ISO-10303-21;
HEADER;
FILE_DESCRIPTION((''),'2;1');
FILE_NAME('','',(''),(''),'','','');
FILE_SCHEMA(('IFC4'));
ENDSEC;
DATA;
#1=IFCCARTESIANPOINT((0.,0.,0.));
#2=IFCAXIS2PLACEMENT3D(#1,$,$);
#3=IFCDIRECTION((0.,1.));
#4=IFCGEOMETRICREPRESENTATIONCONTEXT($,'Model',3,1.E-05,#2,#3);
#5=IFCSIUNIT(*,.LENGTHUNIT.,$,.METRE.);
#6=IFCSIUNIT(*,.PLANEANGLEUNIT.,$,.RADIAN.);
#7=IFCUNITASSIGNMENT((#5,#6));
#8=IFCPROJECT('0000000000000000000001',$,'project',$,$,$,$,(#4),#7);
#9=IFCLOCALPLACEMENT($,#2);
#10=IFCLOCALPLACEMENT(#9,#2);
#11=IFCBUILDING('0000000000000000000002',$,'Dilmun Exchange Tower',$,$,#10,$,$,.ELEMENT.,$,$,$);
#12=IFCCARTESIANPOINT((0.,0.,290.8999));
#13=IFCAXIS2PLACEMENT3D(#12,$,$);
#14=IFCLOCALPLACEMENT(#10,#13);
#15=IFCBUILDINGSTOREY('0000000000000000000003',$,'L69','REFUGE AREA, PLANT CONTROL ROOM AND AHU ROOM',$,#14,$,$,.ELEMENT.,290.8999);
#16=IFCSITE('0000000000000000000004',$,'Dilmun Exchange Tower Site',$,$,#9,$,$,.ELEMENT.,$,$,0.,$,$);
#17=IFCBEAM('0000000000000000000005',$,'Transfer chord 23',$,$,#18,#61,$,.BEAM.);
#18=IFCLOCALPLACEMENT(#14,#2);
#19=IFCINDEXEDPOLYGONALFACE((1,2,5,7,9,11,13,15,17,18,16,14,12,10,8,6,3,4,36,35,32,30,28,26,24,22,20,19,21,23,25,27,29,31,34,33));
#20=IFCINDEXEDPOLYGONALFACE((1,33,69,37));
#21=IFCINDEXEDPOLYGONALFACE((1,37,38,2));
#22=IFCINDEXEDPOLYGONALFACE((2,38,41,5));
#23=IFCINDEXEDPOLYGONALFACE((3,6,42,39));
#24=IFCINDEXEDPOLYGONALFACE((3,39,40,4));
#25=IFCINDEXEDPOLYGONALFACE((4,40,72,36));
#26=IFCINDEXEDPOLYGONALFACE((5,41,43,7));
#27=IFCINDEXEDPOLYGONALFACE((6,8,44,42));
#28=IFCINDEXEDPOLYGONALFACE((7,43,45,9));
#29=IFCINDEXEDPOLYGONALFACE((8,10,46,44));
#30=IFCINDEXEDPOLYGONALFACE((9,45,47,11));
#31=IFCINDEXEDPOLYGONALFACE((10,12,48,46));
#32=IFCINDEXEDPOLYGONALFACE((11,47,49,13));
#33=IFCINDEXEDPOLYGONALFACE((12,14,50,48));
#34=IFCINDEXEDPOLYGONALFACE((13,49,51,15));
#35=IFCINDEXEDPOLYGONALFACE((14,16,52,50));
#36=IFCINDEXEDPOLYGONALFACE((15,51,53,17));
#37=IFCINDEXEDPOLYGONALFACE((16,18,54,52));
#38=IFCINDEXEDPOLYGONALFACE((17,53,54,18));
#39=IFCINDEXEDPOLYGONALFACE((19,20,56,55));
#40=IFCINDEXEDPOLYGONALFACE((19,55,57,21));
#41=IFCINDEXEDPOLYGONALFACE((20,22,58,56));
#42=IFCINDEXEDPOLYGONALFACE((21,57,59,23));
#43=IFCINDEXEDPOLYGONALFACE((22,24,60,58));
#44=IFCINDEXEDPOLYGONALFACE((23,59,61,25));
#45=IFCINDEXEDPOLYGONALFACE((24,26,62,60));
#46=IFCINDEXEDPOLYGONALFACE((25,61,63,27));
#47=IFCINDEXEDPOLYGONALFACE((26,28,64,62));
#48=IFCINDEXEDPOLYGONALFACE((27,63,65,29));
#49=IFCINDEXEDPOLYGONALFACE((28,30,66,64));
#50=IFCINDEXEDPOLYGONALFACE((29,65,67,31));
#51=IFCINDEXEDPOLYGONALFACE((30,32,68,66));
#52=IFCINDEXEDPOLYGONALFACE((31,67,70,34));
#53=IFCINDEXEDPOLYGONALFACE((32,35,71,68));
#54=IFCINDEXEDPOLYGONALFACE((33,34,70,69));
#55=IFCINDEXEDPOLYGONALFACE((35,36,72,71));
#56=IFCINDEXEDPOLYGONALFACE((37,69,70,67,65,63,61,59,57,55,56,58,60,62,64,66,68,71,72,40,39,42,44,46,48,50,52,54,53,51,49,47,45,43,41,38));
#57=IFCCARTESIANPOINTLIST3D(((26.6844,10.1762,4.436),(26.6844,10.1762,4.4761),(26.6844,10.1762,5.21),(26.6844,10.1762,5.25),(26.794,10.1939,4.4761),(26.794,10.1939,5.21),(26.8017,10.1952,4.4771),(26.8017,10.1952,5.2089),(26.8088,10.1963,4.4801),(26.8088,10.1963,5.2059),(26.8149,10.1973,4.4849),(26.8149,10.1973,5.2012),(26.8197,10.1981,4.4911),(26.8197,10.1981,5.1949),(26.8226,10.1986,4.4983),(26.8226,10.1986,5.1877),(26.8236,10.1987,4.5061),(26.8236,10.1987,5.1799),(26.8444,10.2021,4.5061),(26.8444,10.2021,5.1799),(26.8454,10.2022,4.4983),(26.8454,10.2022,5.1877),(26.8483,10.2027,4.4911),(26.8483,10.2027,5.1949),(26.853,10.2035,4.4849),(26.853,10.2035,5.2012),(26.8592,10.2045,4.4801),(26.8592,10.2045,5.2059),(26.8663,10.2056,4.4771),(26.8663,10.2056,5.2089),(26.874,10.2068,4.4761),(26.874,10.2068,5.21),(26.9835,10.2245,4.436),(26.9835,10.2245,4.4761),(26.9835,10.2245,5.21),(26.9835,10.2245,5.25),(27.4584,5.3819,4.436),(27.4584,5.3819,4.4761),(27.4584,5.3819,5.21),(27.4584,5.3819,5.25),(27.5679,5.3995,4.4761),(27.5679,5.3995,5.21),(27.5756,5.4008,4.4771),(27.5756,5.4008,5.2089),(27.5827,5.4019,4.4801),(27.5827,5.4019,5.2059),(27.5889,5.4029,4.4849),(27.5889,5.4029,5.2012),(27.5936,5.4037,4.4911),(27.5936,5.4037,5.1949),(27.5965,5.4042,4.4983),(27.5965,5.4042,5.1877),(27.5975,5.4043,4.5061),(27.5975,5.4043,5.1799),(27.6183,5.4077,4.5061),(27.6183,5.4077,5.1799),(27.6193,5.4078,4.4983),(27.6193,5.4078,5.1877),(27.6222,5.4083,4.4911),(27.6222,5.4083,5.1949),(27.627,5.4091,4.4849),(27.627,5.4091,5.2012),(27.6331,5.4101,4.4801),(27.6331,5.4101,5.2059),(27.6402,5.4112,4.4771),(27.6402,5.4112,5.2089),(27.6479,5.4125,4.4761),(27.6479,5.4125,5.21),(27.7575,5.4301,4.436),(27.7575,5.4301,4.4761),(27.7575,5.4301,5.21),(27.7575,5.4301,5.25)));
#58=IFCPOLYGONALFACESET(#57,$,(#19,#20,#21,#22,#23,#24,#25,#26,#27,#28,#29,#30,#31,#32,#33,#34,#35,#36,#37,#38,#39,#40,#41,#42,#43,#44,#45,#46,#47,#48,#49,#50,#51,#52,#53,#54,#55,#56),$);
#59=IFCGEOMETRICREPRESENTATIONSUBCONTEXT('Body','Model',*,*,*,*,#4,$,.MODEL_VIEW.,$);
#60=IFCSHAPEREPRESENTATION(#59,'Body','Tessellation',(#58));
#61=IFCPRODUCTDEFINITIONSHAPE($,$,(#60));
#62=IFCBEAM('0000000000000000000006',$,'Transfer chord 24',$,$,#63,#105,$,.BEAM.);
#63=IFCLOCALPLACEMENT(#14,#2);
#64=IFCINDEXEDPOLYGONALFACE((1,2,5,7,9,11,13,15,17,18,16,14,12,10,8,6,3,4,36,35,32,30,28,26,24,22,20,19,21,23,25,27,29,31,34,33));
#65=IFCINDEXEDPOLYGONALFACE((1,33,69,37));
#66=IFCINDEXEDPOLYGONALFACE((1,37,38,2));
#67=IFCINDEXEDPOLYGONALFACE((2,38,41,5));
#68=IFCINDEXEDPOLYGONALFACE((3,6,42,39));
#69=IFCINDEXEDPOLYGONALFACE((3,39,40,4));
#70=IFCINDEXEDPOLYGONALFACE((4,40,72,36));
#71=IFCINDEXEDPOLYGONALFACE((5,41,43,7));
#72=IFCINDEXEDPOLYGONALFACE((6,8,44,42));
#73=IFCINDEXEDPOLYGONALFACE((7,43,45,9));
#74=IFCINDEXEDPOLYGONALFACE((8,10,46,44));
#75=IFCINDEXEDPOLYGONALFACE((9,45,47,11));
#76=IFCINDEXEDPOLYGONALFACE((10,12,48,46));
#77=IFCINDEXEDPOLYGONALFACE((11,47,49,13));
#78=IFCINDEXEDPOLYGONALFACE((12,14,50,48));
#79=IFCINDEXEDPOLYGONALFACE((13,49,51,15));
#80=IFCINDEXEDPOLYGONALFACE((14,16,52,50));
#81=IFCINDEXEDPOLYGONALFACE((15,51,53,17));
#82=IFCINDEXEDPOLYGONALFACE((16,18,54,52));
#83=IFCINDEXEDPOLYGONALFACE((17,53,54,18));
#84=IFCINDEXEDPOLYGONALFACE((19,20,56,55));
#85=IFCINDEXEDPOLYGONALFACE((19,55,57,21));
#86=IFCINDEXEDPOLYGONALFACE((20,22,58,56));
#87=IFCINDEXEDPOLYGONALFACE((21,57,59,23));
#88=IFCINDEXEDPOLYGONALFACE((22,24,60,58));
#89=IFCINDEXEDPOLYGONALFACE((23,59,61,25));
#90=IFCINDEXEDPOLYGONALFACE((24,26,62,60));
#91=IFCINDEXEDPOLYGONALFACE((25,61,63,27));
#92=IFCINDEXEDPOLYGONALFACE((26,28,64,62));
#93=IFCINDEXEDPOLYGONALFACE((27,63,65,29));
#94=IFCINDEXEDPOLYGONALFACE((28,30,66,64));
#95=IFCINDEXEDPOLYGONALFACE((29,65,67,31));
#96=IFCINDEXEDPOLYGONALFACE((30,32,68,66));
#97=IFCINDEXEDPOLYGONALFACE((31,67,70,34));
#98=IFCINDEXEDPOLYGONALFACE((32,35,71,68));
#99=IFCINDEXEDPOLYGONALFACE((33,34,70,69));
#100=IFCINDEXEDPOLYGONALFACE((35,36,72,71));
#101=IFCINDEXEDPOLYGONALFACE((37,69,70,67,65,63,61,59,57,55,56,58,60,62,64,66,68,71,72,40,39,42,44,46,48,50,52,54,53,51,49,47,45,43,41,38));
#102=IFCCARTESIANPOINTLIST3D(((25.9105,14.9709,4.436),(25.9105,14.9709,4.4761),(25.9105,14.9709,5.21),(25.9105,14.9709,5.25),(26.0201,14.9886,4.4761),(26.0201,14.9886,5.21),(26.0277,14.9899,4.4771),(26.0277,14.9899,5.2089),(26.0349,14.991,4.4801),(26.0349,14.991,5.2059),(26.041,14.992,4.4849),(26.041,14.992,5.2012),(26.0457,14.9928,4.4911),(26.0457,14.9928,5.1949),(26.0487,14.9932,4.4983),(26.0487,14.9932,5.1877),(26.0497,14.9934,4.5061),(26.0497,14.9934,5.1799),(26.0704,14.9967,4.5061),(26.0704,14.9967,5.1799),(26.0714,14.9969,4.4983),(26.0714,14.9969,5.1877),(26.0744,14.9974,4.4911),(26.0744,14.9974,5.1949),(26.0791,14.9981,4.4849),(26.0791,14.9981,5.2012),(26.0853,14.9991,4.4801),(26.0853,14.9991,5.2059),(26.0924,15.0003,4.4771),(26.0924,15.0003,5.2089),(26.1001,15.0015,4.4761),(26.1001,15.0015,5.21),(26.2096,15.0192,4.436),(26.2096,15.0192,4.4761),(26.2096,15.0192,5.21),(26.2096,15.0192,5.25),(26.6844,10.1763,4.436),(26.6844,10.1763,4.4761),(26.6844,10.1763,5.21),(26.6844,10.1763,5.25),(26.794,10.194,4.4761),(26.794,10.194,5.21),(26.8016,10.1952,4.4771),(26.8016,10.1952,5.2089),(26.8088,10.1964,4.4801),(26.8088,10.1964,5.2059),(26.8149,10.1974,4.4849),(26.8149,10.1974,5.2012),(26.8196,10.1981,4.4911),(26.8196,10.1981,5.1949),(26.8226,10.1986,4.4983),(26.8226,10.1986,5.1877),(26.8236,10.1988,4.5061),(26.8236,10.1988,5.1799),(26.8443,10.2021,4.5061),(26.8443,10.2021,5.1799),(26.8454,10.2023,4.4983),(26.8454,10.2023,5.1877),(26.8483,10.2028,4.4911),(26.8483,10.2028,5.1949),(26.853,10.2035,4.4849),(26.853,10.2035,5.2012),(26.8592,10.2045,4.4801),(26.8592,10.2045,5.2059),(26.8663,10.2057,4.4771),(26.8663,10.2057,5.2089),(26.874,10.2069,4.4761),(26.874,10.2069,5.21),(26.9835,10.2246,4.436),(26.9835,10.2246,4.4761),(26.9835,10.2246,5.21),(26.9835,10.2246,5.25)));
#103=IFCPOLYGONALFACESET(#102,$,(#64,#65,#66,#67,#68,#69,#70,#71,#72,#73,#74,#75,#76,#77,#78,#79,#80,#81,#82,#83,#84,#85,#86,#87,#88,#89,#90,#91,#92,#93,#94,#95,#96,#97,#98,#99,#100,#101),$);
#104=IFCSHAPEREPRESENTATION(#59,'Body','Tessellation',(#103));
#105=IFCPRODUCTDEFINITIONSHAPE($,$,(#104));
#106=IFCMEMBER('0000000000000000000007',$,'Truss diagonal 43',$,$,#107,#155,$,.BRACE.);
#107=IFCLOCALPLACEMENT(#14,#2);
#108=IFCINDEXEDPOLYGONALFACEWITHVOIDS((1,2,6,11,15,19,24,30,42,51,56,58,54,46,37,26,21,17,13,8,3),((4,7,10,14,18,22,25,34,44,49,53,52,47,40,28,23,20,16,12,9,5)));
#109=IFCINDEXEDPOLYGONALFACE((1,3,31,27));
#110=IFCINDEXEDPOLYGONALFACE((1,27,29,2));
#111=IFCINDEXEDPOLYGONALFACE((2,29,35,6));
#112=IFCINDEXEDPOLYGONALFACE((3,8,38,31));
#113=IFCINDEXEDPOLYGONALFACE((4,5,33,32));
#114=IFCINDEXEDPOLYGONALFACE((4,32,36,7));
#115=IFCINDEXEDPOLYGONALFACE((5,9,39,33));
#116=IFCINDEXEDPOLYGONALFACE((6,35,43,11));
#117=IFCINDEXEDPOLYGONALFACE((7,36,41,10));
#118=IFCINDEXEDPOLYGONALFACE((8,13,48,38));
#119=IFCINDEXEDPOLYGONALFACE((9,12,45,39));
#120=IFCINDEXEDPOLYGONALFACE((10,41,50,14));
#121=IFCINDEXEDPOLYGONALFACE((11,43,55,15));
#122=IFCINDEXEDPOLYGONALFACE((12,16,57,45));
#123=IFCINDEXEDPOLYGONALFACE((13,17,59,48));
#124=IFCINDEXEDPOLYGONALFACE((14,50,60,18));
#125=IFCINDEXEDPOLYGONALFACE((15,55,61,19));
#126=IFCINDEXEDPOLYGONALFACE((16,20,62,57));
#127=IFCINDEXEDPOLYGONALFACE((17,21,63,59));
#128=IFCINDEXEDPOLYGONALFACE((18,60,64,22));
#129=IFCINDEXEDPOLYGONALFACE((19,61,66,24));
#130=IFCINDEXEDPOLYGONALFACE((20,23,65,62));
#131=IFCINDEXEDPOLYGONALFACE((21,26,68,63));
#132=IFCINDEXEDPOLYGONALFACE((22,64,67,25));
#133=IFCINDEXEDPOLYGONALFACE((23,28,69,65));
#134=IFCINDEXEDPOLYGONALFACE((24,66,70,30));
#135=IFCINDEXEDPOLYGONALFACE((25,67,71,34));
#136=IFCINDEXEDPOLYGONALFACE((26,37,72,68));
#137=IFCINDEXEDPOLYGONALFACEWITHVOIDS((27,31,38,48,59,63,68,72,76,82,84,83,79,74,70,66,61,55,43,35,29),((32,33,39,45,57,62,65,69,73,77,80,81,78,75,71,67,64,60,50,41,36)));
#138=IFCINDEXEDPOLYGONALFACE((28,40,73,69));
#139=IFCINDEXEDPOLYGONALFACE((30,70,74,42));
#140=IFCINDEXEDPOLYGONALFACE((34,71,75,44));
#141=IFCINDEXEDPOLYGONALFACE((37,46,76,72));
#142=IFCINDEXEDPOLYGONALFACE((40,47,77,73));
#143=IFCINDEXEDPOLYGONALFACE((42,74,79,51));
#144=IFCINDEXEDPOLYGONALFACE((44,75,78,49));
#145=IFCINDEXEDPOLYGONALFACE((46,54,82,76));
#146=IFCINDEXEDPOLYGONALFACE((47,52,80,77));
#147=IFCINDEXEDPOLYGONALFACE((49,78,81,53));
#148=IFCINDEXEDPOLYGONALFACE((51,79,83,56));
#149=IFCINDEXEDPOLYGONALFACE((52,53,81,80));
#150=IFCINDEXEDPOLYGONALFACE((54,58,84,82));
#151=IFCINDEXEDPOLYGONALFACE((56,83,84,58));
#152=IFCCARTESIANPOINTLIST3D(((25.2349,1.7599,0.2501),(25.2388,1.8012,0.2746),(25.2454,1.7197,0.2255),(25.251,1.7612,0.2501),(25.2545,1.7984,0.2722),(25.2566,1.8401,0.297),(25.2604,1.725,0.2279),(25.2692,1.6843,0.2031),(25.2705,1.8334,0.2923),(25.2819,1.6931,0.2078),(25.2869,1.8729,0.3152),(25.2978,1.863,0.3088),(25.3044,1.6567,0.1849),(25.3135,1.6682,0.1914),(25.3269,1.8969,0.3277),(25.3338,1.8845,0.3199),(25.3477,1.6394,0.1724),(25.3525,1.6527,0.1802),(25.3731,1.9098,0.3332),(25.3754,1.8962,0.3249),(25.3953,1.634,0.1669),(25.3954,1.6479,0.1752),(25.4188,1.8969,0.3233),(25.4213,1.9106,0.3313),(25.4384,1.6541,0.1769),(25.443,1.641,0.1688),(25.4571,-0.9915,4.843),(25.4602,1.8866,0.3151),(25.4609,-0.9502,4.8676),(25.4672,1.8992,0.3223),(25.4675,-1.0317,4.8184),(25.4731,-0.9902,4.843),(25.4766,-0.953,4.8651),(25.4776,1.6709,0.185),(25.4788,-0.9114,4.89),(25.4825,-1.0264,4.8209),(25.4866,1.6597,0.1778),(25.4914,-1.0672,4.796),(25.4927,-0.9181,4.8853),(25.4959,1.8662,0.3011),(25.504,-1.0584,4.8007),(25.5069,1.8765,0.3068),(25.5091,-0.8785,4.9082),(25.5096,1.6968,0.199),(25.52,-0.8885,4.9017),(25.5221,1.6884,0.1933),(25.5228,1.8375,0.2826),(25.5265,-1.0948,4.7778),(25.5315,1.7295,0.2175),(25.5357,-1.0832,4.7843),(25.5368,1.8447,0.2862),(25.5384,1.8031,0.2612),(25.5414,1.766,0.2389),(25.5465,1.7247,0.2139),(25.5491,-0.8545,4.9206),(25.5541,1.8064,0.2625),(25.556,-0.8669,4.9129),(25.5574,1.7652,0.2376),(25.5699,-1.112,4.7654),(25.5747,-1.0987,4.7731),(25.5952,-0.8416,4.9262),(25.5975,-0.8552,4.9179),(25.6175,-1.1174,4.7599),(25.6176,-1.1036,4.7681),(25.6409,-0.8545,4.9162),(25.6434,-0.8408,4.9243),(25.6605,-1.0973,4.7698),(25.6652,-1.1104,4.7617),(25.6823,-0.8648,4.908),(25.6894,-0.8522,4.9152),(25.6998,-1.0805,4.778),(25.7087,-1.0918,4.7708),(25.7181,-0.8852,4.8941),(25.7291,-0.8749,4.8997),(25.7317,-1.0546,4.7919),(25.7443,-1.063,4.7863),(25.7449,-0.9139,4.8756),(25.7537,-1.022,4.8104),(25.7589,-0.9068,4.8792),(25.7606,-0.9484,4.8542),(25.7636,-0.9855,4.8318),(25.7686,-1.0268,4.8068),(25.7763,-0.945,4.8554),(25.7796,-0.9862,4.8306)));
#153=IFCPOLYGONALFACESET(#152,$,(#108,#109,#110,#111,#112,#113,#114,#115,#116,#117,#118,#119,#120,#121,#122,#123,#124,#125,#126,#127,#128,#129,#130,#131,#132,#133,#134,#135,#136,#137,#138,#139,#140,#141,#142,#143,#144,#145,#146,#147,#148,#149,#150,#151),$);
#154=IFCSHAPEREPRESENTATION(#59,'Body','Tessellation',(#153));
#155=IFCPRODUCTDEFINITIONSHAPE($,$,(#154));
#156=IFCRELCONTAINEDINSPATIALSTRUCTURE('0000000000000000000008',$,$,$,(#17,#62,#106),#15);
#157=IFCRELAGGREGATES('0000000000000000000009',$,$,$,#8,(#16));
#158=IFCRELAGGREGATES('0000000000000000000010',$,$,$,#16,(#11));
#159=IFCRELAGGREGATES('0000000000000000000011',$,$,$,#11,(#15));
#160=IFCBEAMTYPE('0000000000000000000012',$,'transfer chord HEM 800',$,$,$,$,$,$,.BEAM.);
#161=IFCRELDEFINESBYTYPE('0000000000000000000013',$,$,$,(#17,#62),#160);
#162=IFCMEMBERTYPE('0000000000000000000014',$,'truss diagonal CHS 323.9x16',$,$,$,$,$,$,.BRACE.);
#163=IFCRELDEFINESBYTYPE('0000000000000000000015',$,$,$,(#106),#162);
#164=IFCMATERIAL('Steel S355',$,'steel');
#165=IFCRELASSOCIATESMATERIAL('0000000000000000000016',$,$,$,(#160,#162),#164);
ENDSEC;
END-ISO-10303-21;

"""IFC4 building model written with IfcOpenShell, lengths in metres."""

from ifc_helpers import new_model, si_unit, direction, frame, origin, origin_2d, place, context, subcontext, project, spatial, hollow_circle, i_section, extrude, material, material_profile, profile_set, type_object, element, save


model = new_model("IFC4")

# Units and contexts
model_context = context("Model", 3, precision=1e-05, world=origin(), true_north=direction((0.0, 1.0)))
body_context = subcontext(model_context, "Body", "Model", "MODEL_VIEW")
ifc_project = project(units=[si_unit("LENGTHUNIT", "METRE"), si_unit("PLANEANGLEUNIT", "RADIAN")], contexts=[model_context])

# Site, building, storey
site_placement = place(None, origin())
site = spatial("IfcSite", under=ifc_project, at=site_placement, Name="Dilmun Exchange Tower Site", CompositionType="ELEMENT", RefElevation=0.0)
building_placement = place(site_placement, origin())
building = spatial("IfcBuilding", under=site, at=building_placement, Name="Dilmun Exchange Tower", CompositionType="ELEMENT")
storey_placement = place(building_placement, frame((0.0, 0.0, 290.8999)))
storey = spatial("IfcBuildingStorey", under=building, at=storey_placement, Name="L69", Description="REFUGE AREA, PLANT CONTROL ROOM AND AHU ROOM", CompositionType="ELEMENT", Elevation=290.8999)

# Beams
ifc_material_1 = material(Name="Steel S355", Category="steel")
ifc_material_profile_1 = material_profile(ifc_material_1, i_section(OverallWidth=0.303, OverallDepth=0.814, WebThickness=0.021, FlangeThickness=0.04, FilletRadius=0.03, at=origin_2d()), Name="HEM 800")
ifc_profile_set_1 = profile_set([ifc_material_profile_1], Name="Steel S355")
beam_type_1 = type_object("IfcBeamType", Name="transfer chord HEM 800", PredefinedType="BEAM", material=ifc_profile_set_1)
beam_1_placement = place(storey_placement, frame((27.6079, 5.406, 4.843), z_axis=(-0.159359, 0.987221, 0.0), x_axis=(-0.987221, -0.159359, 0.0)))
element("IfcBeam", 1, at=beam_1_placement, inside=storey, type_object=beam_type_1, Name="Transfer chord 23", PredefinedType="BEAM", context=body_context, shape_type="SweptSolid", body=[
    extrude(i_section(OverallWidth=0.303, OverallDepth=0.814, WebThickness=0.021, FlangeThickness=0.04, FilletRadius=0.03, at=origin_2d()), origin(), (0.0, 0.0, 1.0), 4.8564),
])
beam_2_placement = place(storey_placement, frame((26.834, 10.2004, 4.843), z_axis=(-0.159351, 0.987222, 0.0), x_axis=(-0.987222, -0.159351, 0.0)))
element("IfcBeam", 2, at=beam_2_placement, inside=storey, type_object=beam_type_1, Name="Transfer chord 24", PredefinedType="BEAM", context=body_context, shape_type="SweptSolid", body=[
    extrude(i_section(OverallWidth=0.303, OverallDepth=0.814, WebThickness=0.021, FlangeThickness=0.04, FilletRadius=0.03, at=origin_2d()), origin(), (0.0, 0.0, 1.0), 4.8567),
])

# Member
ifc_material_profile_2 = material_profile(ifc_material_1, hollow_circle(Radius=0.1619, WallThickness=0.0161, at=origin_2d()), Name="CHS 323.9x16")
ifc_profile_set_2 = profile_set([ifc_material_profile_2], Name="Steel S355")
member_type = type_object("IfcMemberType", Name="truss diagonal CHS 323.9x16", PredefinedType="BRACE", material=ifc_profile_set_2)
member_1_placement = place(storey_placement, frame((25.6184, -0.9785, 4.843), z_axis=(-0.041459, 0.513457, -0.857113), x_axis=(-0.996756, -0.080483, 0.0)))
element("IfcMember", 3, at=member_1_placement, inside=storey, type_object=member_type, Name="Truss diagonal 43", PredefinedType="BRACE", context=body_context, shape_type="SweptSolid", body=[
    extrude(hollow_circle(Radius=0.1619, WallThickness=0.0161, at=origin_2d()), origin(), (0.0, 0.0, 1.0), 5.3586),
])

save(model, "model.ifc")
